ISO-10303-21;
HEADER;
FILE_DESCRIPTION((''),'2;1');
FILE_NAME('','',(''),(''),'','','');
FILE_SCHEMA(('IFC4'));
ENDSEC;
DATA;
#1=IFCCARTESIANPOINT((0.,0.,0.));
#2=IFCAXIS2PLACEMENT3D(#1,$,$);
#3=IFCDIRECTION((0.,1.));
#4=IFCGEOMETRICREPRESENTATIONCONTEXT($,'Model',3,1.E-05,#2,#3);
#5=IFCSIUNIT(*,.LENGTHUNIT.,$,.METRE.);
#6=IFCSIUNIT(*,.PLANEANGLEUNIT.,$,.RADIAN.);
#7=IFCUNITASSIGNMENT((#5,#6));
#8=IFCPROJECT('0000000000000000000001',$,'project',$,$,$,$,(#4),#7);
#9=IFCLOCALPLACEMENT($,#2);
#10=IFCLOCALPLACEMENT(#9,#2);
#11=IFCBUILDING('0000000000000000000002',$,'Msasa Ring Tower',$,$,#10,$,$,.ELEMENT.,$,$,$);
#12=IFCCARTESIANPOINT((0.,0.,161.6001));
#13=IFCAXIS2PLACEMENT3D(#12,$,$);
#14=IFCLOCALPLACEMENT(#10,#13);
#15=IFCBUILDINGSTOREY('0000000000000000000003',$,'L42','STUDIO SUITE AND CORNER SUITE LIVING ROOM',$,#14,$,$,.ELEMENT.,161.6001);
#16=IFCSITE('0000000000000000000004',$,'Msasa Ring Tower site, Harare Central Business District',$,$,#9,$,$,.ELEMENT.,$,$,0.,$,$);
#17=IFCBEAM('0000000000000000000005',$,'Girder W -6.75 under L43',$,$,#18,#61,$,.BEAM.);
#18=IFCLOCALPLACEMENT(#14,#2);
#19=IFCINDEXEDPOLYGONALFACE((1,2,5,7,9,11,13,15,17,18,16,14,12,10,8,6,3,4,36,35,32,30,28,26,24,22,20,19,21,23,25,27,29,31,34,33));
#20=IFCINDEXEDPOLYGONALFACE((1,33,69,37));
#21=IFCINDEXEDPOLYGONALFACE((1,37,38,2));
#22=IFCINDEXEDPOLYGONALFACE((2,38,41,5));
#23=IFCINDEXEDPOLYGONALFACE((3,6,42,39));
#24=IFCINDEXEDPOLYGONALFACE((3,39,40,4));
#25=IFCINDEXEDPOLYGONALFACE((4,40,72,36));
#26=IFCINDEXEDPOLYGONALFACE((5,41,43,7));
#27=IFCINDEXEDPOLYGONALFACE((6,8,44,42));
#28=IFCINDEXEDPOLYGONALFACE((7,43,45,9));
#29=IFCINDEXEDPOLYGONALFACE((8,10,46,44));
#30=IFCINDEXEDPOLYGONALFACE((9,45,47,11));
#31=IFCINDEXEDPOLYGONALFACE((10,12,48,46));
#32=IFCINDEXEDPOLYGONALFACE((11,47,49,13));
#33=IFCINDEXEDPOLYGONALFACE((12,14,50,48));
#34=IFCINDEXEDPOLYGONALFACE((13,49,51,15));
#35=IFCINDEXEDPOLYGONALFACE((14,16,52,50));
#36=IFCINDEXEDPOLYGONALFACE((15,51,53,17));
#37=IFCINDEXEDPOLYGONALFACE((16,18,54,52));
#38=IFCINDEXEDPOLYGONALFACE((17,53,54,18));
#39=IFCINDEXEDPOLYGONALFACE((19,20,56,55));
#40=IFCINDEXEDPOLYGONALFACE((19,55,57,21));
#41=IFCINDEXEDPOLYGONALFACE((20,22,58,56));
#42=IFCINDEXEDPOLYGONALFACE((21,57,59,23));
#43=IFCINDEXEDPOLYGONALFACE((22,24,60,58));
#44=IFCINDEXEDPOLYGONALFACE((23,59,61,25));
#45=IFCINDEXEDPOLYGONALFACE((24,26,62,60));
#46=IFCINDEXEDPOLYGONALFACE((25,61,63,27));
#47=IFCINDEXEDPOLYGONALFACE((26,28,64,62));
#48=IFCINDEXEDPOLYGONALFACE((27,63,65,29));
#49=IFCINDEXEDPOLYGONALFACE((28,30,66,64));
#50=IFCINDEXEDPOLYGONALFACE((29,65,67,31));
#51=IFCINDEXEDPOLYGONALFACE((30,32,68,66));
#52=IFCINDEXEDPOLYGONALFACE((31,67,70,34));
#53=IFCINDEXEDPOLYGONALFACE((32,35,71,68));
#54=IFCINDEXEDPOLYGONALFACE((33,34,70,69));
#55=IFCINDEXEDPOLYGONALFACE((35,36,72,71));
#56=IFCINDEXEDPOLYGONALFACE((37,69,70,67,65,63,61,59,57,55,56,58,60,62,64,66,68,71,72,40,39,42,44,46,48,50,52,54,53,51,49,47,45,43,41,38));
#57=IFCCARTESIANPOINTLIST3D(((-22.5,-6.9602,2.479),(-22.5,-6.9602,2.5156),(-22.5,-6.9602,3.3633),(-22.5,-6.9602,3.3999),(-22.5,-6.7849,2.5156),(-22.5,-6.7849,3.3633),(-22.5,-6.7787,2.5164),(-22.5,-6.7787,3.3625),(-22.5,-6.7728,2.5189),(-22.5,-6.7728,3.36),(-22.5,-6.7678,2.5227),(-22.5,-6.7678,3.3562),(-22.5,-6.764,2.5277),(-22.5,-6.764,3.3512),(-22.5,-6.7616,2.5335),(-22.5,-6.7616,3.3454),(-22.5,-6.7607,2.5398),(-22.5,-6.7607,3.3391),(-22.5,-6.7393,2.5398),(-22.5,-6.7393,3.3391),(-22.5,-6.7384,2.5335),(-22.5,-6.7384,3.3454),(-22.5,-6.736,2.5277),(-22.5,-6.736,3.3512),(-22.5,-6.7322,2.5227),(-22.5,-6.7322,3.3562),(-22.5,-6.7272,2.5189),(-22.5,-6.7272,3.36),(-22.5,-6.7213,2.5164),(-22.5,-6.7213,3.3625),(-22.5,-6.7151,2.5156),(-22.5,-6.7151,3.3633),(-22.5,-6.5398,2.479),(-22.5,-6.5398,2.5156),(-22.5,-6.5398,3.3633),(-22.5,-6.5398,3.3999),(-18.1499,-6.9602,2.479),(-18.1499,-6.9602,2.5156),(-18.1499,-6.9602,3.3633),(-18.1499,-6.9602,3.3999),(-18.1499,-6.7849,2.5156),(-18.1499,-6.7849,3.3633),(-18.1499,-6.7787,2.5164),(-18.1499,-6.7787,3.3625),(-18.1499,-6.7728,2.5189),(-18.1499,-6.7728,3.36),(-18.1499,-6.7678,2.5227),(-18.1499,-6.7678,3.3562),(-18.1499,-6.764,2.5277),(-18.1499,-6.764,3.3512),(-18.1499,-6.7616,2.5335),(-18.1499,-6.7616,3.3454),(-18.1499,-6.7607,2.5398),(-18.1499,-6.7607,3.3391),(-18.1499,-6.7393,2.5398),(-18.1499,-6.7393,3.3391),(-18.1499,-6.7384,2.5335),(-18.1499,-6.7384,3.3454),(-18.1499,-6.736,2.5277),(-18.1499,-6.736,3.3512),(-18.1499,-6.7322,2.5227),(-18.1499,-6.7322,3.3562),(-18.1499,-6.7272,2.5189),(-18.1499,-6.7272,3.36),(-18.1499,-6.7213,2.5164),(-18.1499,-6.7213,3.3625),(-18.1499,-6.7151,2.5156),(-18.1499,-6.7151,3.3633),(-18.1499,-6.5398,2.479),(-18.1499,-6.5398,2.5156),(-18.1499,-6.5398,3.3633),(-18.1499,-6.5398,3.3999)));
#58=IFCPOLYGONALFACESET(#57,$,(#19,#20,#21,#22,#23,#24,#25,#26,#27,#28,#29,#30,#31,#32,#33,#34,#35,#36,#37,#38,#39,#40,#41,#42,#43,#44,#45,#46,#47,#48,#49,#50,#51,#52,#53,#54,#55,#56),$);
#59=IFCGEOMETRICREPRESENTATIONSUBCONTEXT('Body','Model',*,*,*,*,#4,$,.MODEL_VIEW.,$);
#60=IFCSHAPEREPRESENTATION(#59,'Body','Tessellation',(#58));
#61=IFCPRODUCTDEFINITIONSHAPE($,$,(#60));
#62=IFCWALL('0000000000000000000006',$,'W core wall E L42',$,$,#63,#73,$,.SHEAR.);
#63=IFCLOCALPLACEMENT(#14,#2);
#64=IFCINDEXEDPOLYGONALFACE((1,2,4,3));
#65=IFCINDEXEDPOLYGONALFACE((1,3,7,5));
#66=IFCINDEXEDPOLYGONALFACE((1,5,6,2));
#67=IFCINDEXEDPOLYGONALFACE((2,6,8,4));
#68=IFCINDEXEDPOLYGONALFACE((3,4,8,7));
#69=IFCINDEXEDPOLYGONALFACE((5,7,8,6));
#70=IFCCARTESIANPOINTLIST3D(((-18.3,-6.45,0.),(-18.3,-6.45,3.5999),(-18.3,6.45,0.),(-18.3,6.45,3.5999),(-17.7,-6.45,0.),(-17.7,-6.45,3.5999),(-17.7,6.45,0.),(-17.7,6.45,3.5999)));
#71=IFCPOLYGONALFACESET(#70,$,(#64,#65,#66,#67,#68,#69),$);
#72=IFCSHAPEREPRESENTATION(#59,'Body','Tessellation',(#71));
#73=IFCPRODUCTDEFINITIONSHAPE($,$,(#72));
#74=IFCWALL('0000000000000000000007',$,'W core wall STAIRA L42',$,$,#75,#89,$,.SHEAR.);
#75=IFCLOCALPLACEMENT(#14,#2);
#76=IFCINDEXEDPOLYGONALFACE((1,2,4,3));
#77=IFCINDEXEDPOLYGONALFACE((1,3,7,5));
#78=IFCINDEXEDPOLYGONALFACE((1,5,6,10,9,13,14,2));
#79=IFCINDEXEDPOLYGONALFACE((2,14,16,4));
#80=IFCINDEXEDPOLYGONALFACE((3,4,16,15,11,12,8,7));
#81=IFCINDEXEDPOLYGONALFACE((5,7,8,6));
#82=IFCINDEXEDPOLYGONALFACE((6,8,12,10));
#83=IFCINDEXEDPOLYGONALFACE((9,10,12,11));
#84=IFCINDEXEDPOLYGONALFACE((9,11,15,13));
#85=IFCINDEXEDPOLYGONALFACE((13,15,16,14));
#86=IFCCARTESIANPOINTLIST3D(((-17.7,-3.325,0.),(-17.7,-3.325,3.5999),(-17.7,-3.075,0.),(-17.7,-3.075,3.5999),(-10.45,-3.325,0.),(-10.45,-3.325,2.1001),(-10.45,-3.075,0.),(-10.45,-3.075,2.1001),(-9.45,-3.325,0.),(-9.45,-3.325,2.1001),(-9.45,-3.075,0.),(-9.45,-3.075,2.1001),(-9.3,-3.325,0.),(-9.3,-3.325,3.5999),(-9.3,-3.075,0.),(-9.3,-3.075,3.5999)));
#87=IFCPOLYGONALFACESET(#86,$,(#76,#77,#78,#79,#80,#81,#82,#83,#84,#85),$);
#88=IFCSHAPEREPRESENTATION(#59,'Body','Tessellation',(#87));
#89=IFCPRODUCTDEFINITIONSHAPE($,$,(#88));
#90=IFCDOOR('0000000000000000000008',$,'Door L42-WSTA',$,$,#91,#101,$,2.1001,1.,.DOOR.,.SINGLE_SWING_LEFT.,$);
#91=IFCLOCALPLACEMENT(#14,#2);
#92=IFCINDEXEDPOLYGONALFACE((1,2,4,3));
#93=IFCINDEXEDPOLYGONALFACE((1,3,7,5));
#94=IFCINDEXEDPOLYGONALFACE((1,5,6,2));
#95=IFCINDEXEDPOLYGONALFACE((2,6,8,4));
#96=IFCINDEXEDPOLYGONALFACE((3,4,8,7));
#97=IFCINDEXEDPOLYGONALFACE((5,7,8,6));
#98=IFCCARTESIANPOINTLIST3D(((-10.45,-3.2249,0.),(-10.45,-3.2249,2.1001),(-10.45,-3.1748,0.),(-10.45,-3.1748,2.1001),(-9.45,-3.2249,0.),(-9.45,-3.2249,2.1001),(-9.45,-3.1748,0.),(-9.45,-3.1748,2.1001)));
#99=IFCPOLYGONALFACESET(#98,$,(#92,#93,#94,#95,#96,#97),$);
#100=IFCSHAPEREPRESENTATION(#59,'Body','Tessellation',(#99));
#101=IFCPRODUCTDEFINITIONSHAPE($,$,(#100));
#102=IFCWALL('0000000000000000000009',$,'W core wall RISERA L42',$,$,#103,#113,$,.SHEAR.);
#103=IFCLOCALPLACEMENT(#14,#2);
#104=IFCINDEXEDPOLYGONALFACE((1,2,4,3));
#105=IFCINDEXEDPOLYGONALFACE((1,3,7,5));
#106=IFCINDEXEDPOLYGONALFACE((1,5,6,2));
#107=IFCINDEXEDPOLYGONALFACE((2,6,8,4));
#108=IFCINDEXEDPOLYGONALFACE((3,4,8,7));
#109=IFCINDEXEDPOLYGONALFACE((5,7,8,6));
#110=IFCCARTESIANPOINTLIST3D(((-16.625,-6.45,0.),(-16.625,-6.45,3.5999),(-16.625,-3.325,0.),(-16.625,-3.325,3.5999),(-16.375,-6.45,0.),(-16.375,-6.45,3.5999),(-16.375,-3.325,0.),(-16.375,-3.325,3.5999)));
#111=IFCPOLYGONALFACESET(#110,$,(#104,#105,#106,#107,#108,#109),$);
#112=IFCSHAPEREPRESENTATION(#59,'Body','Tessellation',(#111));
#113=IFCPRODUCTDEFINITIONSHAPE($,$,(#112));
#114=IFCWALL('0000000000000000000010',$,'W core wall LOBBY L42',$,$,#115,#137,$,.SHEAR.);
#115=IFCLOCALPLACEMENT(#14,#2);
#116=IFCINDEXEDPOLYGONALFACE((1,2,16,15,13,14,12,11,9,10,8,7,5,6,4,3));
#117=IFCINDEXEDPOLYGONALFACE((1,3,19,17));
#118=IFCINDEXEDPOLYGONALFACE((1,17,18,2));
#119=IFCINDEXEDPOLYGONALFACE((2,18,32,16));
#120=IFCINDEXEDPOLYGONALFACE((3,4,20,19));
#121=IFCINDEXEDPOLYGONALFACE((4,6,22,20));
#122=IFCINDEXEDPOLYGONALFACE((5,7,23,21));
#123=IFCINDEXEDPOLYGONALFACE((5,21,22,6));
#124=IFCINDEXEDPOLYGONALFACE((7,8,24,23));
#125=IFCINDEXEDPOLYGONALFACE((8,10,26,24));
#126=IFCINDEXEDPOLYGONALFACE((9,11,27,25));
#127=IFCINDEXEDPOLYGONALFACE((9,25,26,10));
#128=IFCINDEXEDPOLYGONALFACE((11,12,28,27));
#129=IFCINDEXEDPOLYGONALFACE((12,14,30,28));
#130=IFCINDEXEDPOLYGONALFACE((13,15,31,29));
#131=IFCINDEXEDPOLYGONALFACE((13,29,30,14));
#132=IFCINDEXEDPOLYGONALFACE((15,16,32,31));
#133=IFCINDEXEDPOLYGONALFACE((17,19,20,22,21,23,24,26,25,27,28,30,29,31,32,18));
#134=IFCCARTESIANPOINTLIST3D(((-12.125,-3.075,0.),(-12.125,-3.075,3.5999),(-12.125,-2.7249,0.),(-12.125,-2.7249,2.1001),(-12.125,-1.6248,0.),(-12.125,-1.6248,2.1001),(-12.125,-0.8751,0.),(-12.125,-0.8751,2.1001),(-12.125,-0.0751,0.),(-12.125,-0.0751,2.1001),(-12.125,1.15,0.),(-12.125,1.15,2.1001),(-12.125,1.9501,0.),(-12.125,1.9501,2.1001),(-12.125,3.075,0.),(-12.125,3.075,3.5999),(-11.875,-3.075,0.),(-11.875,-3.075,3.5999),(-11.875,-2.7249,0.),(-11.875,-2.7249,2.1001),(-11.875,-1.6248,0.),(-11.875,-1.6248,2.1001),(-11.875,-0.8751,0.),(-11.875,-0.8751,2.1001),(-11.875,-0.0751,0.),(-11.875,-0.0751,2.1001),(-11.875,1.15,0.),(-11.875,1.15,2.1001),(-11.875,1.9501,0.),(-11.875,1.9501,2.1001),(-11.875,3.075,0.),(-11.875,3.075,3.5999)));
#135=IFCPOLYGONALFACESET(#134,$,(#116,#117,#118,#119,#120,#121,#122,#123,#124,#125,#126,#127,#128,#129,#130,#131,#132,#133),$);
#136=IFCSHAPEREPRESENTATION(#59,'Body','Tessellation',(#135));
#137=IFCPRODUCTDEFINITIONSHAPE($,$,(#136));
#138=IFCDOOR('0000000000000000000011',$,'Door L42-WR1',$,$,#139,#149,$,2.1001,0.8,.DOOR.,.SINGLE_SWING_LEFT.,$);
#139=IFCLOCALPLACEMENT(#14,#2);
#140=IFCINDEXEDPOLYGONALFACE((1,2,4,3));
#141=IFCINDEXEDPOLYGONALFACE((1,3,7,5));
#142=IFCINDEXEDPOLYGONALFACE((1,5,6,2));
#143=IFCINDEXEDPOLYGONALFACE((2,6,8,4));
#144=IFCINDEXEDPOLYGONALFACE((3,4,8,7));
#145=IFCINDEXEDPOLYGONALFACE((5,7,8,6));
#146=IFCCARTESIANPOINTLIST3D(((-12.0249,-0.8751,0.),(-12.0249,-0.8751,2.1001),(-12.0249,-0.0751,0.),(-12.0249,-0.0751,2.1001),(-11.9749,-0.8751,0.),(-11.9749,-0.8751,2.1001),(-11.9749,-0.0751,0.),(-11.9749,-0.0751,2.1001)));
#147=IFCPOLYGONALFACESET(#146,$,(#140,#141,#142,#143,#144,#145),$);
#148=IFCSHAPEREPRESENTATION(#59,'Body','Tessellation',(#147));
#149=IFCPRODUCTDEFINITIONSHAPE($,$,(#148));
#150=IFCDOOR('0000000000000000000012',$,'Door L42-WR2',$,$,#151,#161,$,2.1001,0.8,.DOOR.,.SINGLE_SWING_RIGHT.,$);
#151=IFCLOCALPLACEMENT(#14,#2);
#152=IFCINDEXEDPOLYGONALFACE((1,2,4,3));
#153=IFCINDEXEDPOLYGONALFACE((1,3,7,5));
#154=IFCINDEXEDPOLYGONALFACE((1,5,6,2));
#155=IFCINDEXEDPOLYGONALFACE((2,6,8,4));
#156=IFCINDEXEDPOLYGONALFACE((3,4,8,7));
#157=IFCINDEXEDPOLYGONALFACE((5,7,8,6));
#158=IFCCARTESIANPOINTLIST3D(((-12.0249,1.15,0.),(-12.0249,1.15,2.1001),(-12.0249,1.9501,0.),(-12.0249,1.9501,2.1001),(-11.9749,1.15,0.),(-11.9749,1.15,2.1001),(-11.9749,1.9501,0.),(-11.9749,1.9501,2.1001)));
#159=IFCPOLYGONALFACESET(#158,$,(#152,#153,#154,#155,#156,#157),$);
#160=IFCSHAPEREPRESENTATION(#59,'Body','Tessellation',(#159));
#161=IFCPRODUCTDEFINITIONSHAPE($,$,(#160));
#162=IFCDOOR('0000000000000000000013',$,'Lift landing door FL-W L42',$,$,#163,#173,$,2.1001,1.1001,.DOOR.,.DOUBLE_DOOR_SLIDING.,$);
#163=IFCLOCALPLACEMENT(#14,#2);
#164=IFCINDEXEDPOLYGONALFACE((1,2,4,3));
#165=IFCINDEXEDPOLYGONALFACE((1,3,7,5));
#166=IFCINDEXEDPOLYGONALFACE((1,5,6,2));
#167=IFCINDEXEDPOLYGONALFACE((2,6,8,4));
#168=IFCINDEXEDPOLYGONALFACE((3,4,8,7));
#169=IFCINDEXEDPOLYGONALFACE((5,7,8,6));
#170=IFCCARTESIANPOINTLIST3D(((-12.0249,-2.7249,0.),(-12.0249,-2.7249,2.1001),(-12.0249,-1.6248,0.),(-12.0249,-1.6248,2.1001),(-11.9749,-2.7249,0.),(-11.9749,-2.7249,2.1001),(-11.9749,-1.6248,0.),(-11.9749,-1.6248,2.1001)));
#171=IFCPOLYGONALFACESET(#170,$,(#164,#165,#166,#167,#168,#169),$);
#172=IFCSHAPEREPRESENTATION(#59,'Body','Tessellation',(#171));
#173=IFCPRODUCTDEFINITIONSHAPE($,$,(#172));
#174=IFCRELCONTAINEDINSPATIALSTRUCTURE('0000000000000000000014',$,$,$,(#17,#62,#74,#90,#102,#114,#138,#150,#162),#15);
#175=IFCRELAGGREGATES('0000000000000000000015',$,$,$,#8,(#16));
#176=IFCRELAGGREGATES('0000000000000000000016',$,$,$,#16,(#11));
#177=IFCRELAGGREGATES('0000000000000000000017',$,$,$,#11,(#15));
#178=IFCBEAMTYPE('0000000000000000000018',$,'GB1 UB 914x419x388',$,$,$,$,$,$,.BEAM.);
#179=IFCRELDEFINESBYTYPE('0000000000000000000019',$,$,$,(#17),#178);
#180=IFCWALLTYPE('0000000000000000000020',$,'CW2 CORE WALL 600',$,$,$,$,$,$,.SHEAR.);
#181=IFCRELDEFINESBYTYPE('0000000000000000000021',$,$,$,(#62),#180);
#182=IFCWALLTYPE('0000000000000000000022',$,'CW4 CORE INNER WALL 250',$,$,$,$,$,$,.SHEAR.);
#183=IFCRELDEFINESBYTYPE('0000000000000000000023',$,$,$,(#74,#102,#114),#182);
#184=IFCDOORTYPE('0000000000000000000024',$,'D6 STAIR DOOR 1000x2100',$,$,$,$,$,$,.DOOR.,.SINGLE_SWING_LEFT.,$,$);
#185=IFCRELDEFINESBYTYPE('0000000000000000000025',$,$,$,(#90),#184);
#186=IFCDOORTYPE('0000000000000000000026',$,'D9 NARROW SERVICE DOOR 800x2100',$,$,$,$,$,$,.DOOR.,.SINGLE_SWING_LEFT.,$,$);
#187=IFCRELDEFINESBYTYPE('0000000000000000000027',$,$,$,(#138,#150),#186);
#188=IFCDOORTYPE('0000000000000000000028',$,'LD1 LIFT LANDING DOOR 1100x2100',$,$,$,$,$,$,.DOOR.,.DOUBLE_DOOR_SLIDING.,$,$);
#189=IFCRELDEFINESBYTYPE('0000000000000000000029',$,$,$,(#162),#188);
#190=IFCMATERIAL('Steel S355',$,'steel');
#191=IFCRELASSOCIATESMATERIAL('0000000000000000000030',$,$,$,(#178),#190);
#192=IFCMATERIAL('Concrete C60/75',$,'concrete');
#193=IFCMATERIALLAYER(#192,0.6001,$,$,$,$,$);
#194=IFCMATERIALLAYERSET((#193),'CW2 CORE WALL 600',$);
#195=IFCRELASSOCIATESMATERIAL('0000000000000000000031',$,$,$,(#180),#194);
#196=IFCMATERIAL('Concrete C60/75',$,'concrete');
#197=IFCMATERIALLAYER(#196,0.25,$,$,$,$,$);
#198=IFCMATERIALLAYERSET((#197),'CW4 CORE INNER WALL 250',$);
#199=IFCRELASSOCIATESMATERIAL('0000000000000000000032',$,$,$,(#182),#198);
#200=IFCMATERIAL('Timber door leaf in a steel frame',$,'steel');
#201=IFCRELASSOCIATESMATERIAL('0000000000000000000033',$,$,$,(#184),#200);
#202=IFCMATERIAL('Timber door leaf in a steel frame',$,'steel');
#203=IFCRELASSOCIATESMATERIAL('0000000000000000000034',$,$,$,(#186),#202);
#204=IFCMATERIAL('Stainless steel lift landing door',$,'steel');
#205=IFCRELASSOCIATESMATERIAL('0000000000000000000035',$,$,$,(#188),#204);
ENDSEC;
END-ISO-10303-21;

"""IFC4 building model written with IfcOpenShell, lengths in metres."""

from ifc_helpers import new_model, si_unit, direction, frame, frame_2d, origin, origin_2d, place, context, subcontext, project, spatial, rectangle, i_section, extrude, material, layer, layer_set, material_profile, profile_set, type_object, element, fill, save


model = new_model("IFC4")

# Units and contexts
model_context = context("Model", 3, precision=1e-05, world=origin(), true_north=direction((0.0, 1.0)))
body_context = subcontext(model_context, "Body", "Model", "MODEL_VIEW")
ifc_project = project(units=[si_unit("LENGTHUNIT", "METRE"), si_unit("PLANEANGLEUNIT", "RADIAN")], contexts=[model_context])

# Site, building, storey
site_placement = place(None, origin())
site = spatial("IfcSite", under=ifc_project, at=site_placement, Name="Msasa Ring Tower site, Harare Central Business District", CompositionType="ELEMENT", RefElevation=0.0)
building_placement = place(site_placement, origin())
building = spatial("IfcBuilding", under=site, at=building_placement, Name="Msasa Ring Tower", CompositionType="ELEMENT")
storey_placement = place(building_placement, frame((0.0, 0.0, 161.6001)))
storey = spatial("IfcBuildingStorey", under=building, at=storey_placement, Name="L42", Description="STUDIO SUITE AND CORNER SUITE LIVING ROOM", CompositionType="ELEMENT", Elevation=161.6001)

# Beam
ifc_material_1 = material(Name="Steel S355", Category="steel")
ifc_material_profile = material_profile(ifc_material_1, i_section(OverallWidth=0.4204, OverallDepth=0.9209, WebThickness=0.0215, FlangeThickness=0.0366, FilletRadius=0.0242, at=origin_2d()), Name="UB 914x419x388")
ifc_profile_set = profile_set([ifc_material_profile], Name="Steel S355")
beam_type = type_object("IfcBeamType", Name="GB1 UB 914x419x388", PredefinedType="BEAM", material=ifc_profile_set)
beam_placement = place(storey_placement, frame((-18.1499, -6.75, 2.9395), z_axis=(-1.0, 0.0, 0.0), x_axis=(0.0, -1.0, 0.0)))
element("IfcBeam", 1, at=beam_placement, inside=storey, type_object=beam_type, Name="Girder W -6.75 under L43", PredefinedType="BEAM", context=body_context, shape_type="SweptSolid", body=[
    extrude(i_section(OverallWidth=0.4204, OverallDepth=0.9209, WebThickness=0.0215, FlangeThickness=0.0366, FilletRadius=0.0242, at=origin_2d()), origin(), (0.0, 0.0, 1.0), 4.3501),
])

# Wall
ifc_material_2 = material(Name="Concrete C60/75", Category="concrete")
ifc_layer_1 = layer(ifc_material_2, 0.6001)
ifc_layer_set_1 = layer_set([ifc_layer_1], Name="CW2 CORE WALL 600")
wall_type_1 = type_object("IfcWallType", Name="CW2 CORE WALL 600", PredefinedType="SHEAR", material=ifc_layer_set_1)
wall_1_placement = place(storey_placement, frame((-18.0, -6.45, 0.0), z_axis=(0.0, 0.0, 1.0), x_axis=(0.0, 1.0, 0.0)))
element("IfcWall", 2, at=wall_1_placement, inside=storey, type_object=wall_type_1, Name="W core wall E L42", PredefinedType="SHEAR", context=body_context, shape_type="SweptSolid", body=[
    extrude(rectangle(XDim=12.8999, YDim=0.6001, at=frame_2d((6.45, 0.0))), origin(), (0.0, 0.0, 1.0), 3.5999),
])

# Wall, opening, door
ifc_material_3 = material(Name="Concrete C60/75", Category="concrete")
ifc_layer_2 = layer(ifc_material_3, 0.25)
ifc_layer_set_2 = layer_set([ifc_layer_2], Name="CW4 CORE INNER WALL 250")
wall_type_2 = type_object("IfcWallType", Name="CW4 CORE INNER WALL 250", PredefinedType="SHEAR", material=ifc_layer_set_2)
wall_2_placement = place(storey_placement, frame((-9.3, -3.2, 0.0), z_axis=(0.0, 0.0, 1.0), x_axis=(-1.0, 0.0, 0.0)))
wall_2 = element("IfcWall", 3, at=wall_2_placement, inside=storey, type_object=wall_type_2, Name="W core wall STAIRA L42", PredefinedType="SHEAR", context=body_context, shape_type="SweptSolid", body=[
    extrude(rectangle(XDim=8.3999, YDim=0.25, at=frame_2d((4.2, 0.0))), origin(), (0.0, 0.0, 1.0), 3.5999),
])
opening_1_placement = place(wall_2_placement, frame((0.1499, 0.0, 0.0)))
opening_1 = element("IfcOpeningElement", 4, at=opening_1_placement, cuts=wall_2, PredefinedType="OPENING", context=body_context, shape_type="SweptSolid", body=[
    extrude(rectangle(XDim=1.0, YDim=2.1001, at=frame_2d((0.5, 1.05))), frame((0.0, 0.135, 0.0), z_axis=(0.0, -1.0, 0.0), x_axis=(1.0, 0.0, 0.0)), (0.0, 0.0, 1.0), 0.27),
])
ifc_material_4 = material(Name="Timber door leaf in a steel frame", Category="steel")
door_type_1 = type_object("IfcDoorType", Name="D6 STAIR DOOR 1000x2100", OperationType="SINGLE_SWING_LEFT", PredefinedType="DOOR", material=ifc_material_4)
door_1_placement = place(opening_1_placement, origin())
door_1 = element("IfcDoor", 5, at=door_1_placement, inside=storey, type_object=door_type_1, Name="Door L42-WSTA", OperationType="SINGLE_SWING_LEFT", OverallHeight=2.1001, OverallWidth=1.0, PredefinedType="DOOR", context=body_context, shape_type="SweptSolid", body=[
    extrude(rectangle(XDim=1.0, YDim=2.1001, at=frame_2d((0.5, 1.05))), frame((0.0, 0.0249, 0.0), z_axis=(0.0, -1.0, 0.0), x_axis=(1.0, 0.0, 0.0)), (0.0, 0.0, 1.0), 0.05),
])
fill(opening_1, door_1)

# Wall
wall_3_placement = place(storey_placement, frame((-16.5, -6.45, 0.0), z_axis=(0.0, 0.0, 1.0), x_axis=(0.0, 1.0, 0.0)))
element("IfcWall", 6, at=wall_3_placement, inside=storey, type_object=wall_type_2, Name="W core wall RISERA L42", PredefinedType="SHEAR", context=body_context, shape_type="SweptSolid", body=[
    extrude(rectangle(XDim=3.125, YDim=0.25, at=frame_2d((1.5625, 0.0))), origin(), (0.0, 0.0, 1.0), 3.5999),
])

# Wall, openings, doors
wall_4_placement = place(storey_placement, frame((-12.0, -3.075, 0.0), z_axis=(0.0, 0.0, 1.0), x_axis=(0.0, 1.0, 0.0)))
wall_4 = element("IfcWall", 7, at=wall_4_placement, inside=storey, type_object=wall_type_2, Name="W core wall LOBBY L42", PredefinedType="SHEAR", context=body_context, shape_type="SweptSolid", body=[
    extrude(rectangle(XDim=6.1499, YDim=0.25, at=frame_2d((3.075, 0.0))), origin(), (0.0, 0.0, 1.0), 3.5999),
])
opening_2_placement = place(wall_4_placement, frame((2.2, 0.0, 0.0)))
opening_2 = element("IfcOpeningElement", 8, at=opening_2_placement, cuts=wall_4, PredefinedType="OPENING", context=body_context, shape_type="SweptSolid", body=[
    extrude(rectangle(XDim=0.8, YDim=2.1001, at=frame_2d((0.3999, 1.05))), frame((0.0, 0.135, 0.0), z_axis=(0.0, -1.0, 0.0), x_axis=(1.0, 0.0, 0.0)), (0.0, 0.0, 1.0), 0.27),
])
opening_3_placement = place(wall_4_placement, frame((4.2251, 0.0, 0.0)))
opening_3 = element("IfcOpeningElement", 9, at=opening_3_placement, cuts=wall_4, PredefinedType="OPENING", context=body_context, shape_type="SweptSolid", body=[
    extrude(rectangle(XDim=0.8, YDim=2.1001, at=frame_2d((0.3999, 1.05))), frame((0.0, 0.135, 0.0), z_axis=(0.0, -1.0, 0.0), x_axis=(1.0, 0.0, 0.0)), (0.0, 0.0, 1.0), 0.27),
])
opening_4_placement = place(wall_4_placement, frame((0.3501, 0.0, 0.0)))
opening_4 = element("IfcOpeningElement", 10, at=opening_4_placement, cuts=wall_4, PredefinedType="OPENING", context=body_context, shape_type="SweptSolid", body=[
    extrude(rectangle(XDim=1.1001, YDim=2.1001, at=frame_2d((0.55, 1.05))), frame((0.0, 0.135, 0.0), z_axis=(0.0, -1.0, 0.0), x_axis=(1.0, 0.0, 0.0)), (0.0, 0.0, 1.0), 0.27),
])
ifc_material_5 = material(Name="Timber door leaf in a steel frame", Category="steel")
door_type_2 = type_object("IfcDoorType", Name="D9 NARROW SERVICE DOOR 800x2100", OperationType="SINGLE_SWING_LEFT", PredefinedType="DOOR", material=ifc_material_5)
door_2_placement = place(opening_2_placement, origin())
door_2 = element("IfcDoor", 11, at=door_2_placement, inside=storey, type_object=door_type_2, Name="Door L42-WR1", OperationType="SINGLE_SWING_LEFT", OverallHeight=2.1001, OverallWidth=0.8, PredefinedType="DOOR", context=body_context, shape_type="SweptSolid", body=[
    extrude(rectangle(XDim=0.8, YDim=2.1001, at=frame_2d((0.3999, 1.05))), frame((0.0, 0.0249, 0.0), z_axis=(0.0, -1.0, 0.0), x_axis=(1.0, 0.0, 0.0)), (0.0, 0.0, 1.0), 0.05),
])
fill(opening_2, door_2)
door_3_placement = place(opening_3_placement, origin())
door_3 = element("IfcDoor", 12, at=door_3_placement, inside=storey, type_object=door_type_2, Name="Door L42-WR2", OperationType="SINGLE_SWING_RIGHT", OverallHeight=2.1001, OverallWidth=0.8, PredefinedType="DOOR", context=body_context, shape_type="SweptSolid", body=[
    extrude(rectangle(XDim=0.8, YDim=2.1001, at=frame_2d((0.3999, 1.05))), frame((0.0, 0.0249, 0.0), z_axis=(0.0, -1.0, 0.0), x_axis=(1.0, 0.0, 0.0)), (0.0, 0.0, 1.0), 0.05),
])
fill(opening_3, door_3)
ifc_material_6 = material(Name="Stainless steel lift landing door", Category="steel")
door_type_3 = type_object("IfcDoorType", Name="LD1 LIFT LANDING DOOR 1100x2100", OperationType="DOUBLE_DOOR_SLIDING", PredefinedType="DOOR", material=ifc_material_6)
door_4_placement = place(opening_4_placement, origin())
door_4 = element("IfcDoor", 13, at=door_4_placement, inside=storey, type_object=door_type_3, Name="Lift landing door FL-W L42", OperationType="DOUBLE_DOOR_SLIDING", OverallHeight=2.1001, OverallWidth=1.1001, PredefinedType="DOOR", context=body_context, shape_type="SweptSolid", body=[
    extrude(rectangle(XDim=1.1001, YDim=2.1001, at=frame_2d((0.55, 1.05))), frame((0.0, 0.0249, 0.0), z_axis=(0.0, -1.0, 0.0), x_axis=(1.0, 0.0, 0.0)), (0.0, 0.0, 1.0), 0.05),
])
fill(opening_4, door_4)

save(model, "model.ifc")
